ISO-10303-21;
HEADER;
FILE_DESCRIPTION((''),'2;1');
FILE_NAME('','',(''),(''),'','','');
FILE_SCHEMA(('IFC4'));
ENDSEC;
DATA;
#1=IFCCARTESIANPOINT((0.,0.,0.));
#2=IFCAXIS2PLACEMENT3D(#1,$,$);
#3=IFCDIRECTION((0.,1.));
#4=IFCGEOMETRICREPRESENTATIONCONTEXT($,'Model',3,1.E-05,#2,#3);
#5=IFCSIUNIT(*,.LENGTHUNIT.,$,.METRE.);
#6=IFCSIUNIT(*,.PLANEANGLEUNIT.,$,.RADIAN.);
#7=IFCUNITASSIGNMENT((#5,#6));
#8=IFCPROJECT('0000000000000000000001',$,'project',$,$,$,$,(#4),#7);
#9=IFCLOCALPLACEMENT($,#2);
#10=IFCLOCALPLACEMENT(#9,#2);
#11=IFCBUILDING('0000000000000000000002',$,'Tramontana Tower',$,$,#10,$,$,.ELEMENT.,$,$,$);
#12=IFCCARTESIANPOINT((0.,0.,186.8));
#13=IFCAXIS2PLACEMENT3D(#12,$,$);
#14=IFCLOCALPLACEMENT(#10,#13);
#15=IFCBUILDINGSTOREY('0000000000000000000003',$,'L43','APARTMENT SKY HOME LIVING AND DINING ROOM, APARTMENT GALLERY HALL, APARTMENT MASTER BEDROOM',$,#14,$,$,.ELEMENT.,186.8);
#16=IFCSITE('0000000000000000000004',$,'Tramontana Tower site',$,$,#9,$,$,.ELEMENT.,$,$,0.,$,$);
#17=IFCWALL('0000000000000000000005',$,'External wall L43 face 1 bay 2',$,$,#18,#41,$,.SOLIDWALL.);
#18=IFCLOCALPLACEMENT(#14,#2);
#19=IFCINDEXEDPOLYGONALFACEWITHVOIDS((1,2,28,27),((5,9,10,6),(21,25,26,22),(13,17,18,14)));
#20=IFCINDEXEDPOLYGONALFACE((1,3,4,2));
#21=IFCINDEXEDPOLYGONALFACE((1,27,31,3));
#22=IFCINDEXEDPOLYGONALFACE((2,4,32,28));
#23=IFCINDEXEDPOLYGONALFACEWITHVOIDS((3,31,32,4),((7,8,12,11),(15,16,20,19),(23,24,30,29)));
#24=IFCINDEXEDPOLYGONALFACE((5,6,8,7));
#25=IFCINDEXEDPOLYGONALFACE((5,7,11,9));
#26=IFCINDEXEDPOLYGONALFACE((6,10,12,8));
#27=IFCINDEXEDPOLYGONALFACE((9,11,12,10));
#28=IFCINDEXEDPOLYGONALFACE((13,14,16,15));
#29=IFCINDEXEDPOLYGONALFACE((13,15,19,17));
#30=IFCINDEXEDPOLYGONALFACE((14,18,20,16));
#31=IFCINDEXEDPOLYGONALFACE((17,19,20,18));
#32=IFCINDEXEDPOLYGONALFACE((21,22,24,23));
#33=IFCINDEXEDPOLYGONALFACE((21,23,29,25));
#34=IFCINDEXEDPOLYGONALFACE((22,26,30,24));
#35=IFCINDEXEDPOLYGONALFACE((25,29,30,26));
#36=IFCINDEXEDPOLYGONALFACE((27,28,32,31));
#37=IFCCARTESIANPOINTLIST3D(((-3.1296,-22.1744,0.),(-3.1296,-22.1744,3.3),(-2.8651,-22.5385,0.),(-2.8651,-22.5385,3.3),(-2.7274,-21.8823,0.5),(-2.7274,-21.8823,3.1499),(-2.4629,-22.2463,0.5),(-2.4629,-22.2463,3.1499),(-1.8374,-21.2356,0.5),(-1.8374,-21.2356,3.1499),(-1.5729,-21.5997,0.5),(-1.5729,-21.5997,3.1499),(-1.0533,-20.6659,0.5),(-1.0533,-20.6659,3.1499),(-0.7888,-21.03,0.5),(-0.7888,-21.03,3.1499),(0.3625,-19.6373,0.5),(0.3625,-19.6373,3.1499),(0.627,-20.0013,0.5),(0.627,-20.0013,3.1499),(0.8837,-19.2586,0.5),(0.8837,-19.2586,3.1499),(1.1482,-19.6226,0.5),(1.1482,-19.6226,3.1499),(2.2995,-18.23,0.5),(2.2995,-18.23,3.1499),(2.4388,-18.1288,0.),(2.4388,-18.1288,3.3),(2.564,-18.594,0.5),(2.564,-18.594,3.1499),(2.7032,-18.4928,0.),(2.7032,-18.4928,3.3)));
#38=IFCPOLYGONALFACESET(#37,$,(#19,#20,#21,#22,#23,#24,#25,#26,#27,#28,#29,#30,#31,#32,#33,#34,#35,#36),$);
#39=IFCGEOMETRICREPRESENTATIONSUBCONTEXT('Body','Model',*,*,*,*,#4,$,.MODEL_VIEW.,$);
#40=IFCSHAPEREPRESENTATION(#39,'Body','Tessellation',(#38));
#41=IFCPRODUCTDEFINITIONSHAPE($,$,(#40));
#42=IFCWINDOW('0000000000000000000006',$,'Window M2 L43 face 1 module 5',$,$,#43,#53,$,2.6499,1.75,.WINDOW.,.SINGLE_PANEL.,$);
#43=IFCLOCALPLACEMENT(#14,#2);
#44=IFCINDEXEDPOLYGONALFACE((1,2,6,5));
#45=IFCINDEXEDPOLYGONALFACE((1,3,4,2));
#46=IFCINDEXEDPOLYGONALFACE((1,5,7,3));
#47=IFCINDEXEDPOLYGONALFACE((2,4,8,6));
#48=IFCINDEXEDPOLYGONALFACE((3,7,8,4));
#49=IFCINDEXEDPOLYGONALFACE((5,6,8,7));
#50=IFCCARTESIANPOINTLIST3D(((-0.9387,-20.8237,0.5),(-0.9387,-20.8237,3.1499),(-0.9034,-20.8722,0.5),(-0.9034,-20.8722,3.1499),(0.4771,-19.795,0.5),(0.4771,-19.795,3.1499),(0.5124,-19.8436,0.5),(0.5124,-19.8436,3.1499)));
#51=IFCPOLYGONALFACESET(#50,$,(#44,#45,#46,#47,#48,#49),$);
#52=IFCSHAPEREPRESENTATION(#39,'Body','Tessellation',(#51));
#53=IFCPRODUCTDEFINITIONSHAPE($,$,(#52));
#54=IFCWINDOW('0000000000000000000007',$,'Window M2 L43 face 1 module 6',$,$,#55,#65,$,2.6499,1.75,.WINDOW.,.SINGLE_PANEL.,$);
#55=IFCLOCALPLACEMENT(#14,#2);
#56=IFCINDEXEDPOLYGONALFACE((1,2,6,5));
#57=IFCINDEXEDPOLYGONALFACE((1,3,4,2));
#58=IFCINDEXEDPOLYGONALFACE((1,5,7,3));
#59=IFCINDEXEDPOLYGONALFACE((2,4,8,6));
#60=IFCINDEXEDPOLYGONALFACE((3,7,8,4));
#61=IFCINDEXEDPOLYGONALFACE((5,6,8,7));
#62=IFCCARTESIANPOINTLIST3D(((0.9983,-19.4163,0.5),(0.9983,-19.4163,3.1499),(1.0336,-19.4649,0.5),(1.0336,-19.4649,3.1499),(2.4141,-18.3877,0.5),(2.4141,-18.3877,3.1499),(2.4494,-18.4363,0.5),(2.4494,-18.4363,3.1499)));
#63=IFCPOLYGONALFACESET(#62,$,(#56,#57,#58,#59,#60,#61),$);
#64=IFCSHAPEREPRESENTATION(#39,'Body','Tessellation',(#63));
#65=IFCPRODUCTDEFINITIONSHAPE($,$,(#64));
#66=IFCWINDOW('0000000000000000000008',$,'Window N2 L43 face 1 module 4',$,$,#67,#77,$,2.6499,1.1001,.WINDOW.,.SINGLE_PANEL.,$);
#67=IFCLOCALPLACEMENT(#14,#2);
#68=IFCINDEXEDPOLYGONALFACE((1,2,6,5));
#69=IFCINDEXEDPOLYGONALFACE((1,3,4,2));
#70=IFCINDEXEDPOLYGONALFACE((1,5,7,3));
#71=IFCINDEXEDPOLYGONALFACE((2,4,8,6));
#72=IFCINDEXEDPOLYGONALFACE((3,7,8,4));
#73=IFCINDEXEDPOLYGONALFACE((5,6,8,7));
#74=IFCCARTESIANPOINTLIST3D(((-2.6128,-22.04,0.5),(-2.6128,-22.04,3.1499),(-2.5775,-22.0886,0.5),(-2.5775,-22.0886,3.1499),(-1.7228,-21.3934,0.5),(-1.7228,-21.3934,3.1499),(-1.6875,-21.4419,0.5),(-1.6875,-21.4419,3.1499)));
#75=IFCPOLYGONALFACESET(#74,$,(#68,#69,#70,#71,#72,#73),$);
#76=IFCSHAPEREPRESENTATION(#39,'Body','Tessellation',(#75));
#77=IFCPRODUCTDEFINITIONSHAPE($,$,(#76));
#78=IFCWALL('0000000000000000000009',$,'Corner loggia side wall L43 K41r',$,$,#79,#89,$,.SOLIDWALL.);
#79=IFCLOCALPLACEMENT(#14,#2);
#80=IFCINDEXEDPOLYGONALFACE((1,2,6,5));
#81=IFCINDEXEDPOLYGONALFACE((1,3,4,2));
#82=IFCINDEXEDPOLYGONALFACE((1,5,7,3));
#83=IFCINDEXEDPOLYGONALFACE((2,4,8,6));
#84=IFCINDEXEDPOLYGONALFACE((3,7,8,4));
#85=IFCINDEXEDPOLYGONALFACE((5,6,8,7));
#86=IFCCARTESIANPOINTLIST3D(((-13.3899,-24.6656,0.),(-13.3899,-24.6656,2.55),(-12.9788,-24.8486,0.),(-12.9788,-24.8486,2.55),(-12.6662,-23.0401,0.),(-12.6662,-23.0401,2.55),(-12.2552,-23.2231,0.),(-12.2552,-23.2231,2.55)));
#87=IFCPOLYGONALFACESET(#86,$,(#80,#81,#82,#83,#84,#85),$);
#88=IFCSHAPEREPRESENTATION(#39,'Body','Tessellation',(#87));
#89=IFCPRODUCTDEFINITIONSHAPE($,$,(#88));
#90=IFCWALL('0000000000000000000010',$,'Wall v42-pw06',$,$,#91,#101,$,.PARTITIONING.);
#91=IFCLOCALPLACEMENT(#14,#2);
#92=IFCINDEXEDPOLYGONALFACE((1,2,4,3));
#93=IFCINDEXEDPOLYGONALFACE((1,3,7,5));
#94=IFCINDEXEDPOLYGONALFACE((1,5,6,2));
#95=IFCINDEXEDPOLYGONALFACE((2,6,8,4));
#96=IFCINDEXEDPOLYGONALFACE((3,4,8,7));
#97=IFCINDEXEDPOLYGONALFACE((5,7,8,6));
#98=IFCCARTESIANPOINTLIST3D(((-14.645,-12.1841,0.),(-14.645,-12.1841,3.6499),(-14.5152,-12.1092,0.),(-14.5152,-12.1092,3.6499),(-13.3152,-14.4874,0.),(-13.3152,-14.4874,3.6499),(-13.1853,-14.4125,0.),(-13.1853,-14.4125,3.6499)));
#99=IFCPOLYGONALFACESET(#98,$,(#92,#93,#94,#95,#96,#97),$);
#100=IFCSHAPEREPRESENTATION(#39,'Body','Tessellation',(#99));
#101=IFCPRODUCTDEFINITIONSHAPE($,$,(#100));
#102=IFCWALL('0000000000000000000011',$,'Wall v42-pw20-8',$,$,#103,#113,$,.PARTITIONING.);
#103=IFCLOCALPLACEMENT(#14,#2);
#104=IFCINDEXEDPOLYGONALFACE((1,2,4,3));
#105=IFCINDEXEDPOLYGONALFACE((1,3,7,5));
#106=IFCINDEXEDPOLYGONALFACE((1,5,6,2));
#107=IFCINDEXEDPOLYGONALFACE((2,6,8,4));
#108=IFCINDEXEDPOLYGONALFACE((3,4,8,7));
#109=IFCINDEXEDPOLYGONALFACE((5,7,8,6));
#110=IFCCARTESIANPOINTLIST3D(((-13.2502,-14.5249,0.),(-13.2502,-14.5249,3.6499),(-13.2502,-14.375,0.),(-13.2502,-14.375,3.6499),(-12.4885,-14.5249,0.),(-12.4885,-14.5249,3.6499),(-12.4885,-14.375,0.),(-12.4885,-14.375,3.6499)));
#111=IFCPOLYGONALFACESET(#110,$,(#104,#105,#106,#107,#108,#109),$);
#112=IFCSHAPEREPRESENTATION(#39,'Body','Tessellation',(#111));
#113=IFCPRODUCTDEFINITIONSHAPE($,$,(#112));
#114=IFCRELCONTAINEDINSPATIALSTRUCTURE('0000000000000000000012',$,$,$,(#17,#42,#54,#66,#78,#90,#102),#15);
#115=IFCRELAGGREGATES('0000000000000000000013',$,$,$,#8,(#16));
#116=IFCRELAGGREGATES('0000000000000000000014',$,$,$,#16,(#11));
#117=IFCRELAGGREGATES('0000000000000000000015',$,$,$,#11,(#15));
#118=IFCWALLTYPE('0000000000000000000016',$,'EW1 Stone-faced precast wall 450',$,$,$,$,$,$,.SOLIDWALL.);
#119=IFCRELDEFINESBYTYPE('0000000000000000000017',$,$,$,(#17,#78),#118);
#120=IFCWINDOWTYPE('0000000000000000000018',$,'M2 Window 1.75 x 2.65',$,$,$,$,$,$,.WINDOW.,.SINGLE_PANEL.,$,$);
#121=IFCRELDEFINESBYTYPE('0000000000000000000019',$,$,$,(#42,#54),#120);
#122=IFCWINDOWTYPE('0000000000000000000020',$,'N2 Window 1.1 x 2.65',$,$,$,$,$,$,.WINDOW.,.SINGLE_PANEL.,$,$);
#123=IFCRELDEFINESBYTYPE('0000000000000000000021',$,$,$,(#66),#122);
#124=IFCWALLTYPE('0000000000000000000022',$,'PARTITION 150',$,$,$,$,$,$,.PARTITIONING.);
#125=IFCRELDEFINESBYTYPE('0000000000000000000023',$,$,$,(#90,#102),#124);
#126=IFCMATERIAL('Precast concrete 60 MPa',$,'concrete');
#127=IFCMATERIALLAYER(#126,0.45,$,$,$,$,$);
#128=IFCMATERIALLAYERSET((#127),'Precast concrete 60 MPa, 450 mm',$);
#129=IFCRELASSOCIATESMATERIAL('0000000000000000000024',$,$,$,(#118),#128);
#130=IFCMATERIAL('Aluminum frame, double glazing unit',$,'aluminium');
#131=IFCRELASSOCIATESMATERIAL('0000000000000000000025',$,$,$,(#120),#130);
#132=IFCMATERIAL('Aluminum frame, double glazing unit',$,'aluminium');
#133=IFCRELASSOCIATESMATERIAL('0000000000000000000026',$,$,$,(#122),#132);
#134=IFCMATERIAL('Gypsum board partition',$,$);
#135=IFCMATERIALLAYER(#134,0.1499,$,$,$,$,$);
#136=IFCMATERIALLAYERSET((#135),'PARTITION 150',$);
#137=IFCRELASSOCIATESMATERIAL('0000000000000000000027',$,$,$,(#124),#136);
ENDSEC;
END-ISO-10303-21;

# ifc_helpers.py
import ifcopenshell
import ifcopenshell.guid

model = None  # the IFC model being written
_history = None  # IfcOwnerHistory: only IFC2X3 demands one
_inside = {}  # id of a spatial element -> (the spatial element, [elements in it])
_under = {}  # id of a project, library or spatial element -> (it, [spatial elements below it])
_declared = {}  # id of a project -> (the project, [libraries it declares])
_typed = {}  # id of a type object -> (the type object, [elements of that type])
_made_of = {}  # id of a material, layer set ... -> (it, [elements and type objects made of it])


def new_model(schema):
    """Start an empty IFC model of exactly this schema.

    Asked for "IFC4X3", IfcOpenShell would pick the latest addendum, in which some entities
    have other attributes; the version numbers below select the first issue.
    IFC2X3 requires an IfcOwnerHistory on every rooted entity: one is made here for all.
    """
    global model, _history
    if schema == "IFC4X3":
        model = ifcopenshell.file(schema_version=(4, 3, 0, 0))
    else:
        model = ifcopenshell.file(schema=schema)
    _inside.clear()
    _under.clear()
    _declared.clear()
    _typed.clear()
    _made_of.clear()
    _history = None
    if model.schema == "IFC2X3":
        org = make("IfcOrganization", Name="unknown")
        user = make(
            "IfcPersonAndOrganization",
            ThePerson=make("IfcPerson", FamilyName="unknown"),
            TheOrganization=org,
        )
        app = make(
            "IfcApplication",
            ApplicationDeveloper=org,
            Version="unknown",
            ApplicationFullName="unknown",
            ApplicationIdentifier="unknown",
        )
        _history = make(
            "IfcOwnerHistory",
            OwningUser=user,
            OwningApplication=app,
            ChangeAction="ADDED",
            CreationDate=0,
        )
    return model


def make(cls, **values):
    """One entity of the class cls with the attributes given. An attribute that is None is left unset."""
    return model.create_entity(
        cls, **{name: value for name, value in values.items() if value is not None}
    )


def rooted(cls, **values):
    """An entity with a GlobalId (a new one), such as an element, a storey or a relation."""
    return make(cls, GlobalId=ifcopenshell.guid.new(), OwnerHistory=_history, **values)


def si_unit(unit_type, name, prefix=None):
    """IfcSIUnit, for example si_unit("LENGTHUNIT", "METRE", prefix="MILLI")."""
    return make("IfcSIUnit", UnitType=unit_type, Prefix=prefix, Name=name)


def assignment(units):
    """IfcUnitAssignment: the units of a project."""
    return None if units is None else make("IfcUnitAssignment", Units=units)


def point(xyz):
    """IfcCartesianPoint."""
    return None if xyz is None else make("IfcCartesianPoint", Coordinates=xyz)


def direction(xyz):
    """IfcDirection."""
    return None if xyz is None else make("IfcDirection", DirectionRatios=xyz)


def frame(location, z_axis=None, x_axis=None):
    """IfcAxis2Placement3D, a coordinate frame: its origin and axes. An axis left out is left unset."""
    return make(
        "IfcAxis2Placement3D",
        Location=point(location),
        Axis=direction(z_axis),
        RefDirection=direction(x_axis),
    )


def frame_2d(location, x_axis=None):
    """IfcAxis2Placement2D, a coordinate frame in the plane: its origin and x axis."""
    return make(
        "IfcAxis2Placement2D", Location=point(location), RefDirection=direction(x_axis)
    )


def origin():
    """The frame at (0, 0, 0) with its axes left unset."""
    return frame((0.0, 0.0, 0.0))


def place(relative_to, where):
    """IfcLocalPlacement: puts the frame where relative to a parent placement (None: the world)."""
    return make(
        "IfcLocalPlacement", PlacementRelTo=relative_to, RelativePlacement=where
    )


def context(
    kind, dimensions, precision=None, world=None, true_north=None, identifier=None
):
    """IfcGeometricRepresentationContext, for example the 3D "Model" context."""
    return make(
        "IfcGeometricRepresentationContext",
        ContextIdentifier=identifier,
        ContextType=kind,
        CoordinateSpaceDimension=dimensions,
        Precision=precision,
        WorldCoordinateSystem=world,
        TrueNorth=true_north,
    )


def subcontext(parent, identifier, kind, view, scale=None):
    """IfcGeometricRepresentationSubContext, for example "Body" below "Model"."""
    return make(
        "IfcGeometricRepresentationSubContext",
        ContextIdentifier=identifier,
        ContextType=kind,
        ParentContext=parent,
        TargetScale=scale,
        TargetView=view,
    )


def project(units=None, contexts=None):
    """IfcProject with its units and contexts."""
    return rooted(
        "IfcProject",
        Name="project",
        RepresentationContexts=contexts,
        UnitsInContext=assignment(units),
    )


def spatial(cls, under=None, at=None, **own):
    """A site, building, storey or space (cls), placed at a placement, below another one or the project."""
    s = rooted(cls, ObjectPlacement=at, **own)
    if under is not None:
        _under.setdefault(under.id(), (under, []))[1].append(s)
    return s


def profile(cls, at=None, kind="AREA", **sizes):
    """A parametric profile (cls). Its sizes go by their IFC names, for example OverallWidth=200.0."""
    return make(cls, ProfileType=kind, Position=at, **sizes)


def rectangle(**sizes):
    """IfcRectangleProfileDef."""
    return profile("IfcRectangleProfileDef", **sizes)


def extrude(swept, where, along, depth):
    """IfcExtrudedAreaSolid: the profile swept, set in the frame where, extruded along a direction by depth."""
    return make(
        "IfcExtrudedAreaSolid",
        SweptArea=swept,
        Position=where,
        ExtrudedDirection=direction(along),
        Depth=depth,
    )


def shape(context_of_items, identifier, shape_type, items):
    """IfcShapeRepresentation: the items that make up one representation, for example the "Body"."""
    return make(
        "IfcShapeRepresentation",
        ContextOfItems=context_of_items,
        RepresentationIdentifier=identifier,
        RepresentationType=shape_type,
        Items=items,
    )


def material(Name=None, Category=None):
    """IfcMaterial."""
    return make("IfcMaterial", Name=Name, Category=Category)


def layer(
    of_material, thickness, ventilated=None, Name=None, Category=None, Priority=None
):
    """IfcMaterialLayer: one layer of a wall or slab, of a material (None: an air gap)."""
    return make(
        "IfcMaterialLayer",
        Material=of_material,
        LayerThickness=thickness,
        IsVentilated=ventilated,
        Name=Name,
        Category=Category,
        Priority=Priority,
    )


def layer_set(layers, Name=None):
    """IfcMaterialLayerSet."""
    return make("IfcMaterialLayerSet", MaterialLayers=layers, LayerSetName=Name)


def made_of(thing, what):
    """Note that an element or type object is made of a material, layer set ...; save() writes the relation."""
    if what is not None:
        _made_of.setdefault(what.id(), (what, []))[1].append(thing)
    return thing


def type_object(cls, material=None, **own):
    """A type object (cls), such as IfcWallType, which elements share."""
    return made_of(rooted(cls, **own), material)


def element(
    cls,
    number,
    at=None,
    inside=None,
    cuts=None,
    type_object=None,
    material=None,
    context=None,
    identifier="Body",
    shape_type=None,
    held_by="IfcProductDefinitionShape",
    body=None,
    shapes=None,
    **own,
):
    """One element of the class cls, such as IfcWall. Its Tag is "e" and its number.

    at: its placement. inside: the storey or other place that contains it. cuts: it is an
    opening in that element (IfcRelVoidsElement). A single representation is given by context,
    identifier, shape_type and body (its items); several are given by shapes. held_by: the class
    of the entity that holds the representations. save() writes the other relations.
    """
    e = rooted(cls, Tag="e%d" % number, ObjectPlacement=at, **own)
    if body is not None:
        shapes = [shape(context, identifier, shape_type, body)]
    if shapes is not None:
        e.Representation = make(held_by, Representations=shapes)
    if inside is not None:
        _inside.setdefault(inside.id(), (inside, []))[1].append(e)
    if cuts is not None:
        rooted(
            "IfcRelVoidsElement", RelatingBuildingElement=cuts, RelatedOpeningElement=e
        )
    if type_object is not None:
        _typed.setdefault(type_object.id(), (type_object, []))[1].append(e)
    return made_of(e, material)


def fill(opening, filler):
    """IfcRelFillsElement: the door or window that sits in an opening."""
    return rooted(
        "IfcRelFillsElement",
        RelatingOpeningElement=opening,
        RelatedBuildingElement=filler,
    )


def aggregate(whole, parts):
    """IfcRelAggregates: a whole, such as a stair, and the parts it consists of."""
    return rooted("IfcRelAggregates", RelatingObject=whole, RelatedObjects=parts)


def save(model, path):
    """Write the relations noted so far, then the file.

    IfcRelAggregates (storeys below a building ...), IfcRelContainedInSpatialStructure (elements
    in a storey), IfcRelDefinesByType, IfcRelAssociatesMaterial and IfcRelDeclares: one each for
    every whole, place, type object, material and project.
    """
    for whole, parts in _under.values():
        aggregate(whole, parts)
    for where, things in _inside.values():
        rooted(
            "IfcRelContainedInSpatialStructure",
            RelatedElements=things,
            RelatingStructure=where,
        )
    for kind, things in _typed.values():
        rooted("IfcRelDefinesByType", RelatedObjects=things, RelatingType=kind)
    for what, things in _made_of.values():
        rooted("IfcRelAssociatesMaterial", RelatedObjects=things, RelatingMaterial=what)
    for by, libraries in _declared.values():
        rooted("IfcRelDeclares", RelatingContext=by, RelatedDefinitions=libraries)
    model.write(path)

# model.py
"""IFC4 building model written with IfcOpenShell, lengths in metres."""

from ifc_helpers import new_model, si_unit, direction, frame, frame_2d, origin, place, context, subcontext, project, spatial, rectangle, extrude, material, layer, layer_set, type_object, element, fill, save


model = new_model("IFC4")

# Units and contexts
model_context = context("Model", 3, precision=1e-05, world=origin(), true_north=direction((0.0, 1.0)))
body_context = subcontext(model_context, "Body", "Model", "MODEL_VIEW")
ifc_project = project(units=[si_unit("LENGTHUNIT", "METRE"), si_unit("PLANEANGLEUNIT", "RADIAN")], contexts=[model_context])

# Site, building, storey
site_placement = place(None, origin())
site = spatial("IfcSite", under=ifc_project, at=site_placement, Name="Tramontana Tower site", CompositionType="ELEMENT", RefElevation=0.0)
building_placement = place(site_placement, origin())
building = spatial("IfcBuilding", under=site, at=building_placement, Name="Tramontana Tower", CompositionType="ELEMENT")
storey_placement = place(building_placement, frame((0.0, 0.0, 186.8)))
storey = spatial("IfcBuildingStorey", under=building, at=storey_placement, Name="L43", Description="APARTMENT SKY HOME LIVING AND DINING ROOM, APARTMENT GALLERY HALL, APARTMENT MASTER BEDROOM", CompositionType="ELEMENT", Elevation=186.8)

# Wall, openings, windows
ifc_material_1 = material(Name="Precast concrete 60 MPa", Category="concrete")
ifc_layer_1 = layer(ifc_material_1, 0.45)
ifc_layer_set_1 = layer_set([ifc_layer_1], Name="Precast concrete 60 MPa, 450 mm")
wall_type_1 = type_object("IfcWallType", Name="EW1 Stone-faced precast wall 450", PredefinedType="SOLIDWALL", material=ifc_layer_set_1)
ifc_material_2 = material(Name="Aluminum frame, double glazing unit", Category="aluminium")
window_type_1 = type_object("IfcWindowType", Name="M2 Window 1.75 x 2.65", PartitioningType="SINGLE_PANEL", PredefinedType="WINDOW", material=ifc_material_2)
wall_1_placement = place(storey_placement, frame((-2.9973, -22.3564, 0.0), z_axis=(0.0, 0.0, 1.0), x_axis=(0.809017, 0.587786, 0.0)))
wall_1 = element("IfcWall", 1, at=wall_1_placement, inside=storey, type_object=wall_type_1, Name="External wall L43 face 1 bay 2", PredefinedType="SOLIDWALL", context=body_context, shape_type="SweptSolid", body=[
    extrude(rectangle(XDim=6.8828, YDim=0.45, at=frame_2d((3.4414, 0.0))), origin(), (0.0, 0.0, 1.0), 3.3),
])
opening_1_placement = place(wall_1_placement, frame((0.4971, 0.0, 0.5)))
opening_1 = element("IfcOpeningElement", 2, at=opening_1_placement, cuts=wall_1, PredefinedType="OPENING", context=body_context, shape_type="SweptSolid", body=[
    extrude(rectangle(XDim=1.1001, YDim=2.6499, at=frame_2d((0.55, 1.325))), frame((0.0, 0.2349, 0.0), z_axis=(0.0, -1.0, 0.0), x_axis=(1.0, 0.0, 0.0)), (0.0, 0.0, 1.0), 0.47),
])
opening_2_placement = place(wall_1_placement, frame((2.5664, 0.0, 0.5)))
opening_2 = element("IfcOpeningElement", 3, at=opening_2_placement, cuts=wall_1, PredefinedType="OPENING", context=body_context, shape_type="SweptSolid", body=[
    extrude(rectangle(XDim=1.75, YDim=2.6499, at=frame_2d((0.875, 1.325))), frame((0.0, 0.2349, 0.0), z_axis=(0.0, -1.0, 0.0), x_axis=(1.0, 0.0, 0.0)), (0.0, 0.0, 1.0), 0.47),
])
opening_3_placement = place(wall_1_placement, frame((4.9607, 0.0, 0.5)))
opening_3 = element("IfcOpeningElement", 4, at=opening_3_placement, cuts=wall_1, PredefinedType="OPENING", context=body_context, shape_type="SweptSolid", body=[
    extrude(rectangle(XDim=1.75, YDim=2.6499, at=frame_2d((0.875, 1.325))), frame((0.0, 0.2349, 0.0), z_axis=(0.0, -1.0, 0.0), x_axis=(1.0, 0.0, 0.0)), (0.0, 0.0, 1.0), 0.47),
])
window_1_placement = place(opening_2_placement, origin())
window_1 = element("IfcWindow", 5, at=window_1_placement, inside=storey, type_object=window_type_1, Name="Window M2 L43 face 1 module 5", OverallHeight=2.6499, OverallWidth=1.75, PartitioningType="SINGLE_PANEL", PredefinedType="WINDOW", context=body_context, shape_type="SweptSolid", body=[
    extrude(rectangle(XDim=1.75, YDim=2.6499, at=frame_2d((0.875, 1.325))), frame((0.0, 0.03, 0.0), z_axis=(0.0, -1.0, 0.0), x_axis=(1.0, 0.0, 0.0)), (0.0, 0.0, 1.0), 0.0601),
])
fill(opening_2, window_1)
window_2_placement = place(opening_3_placement, origin())
window_2 = element("IfcWindow", 6, at=window_2_placement, inside=storey, type_object=window_type_1, Name="Window M2 L43 face 1 module 6", OverallHeight=2.6499, OverallWidth=1.75, PartitioningType="SINGLE_PANEL", PredefinedType="WINDOW", context=body_context, shape_type="SweptSolid", body=[
    extrude(rectangle(XDim=1.75, YDim=2.6499, at=frame_2d((0.875, 1.325))), frame((0.0, 0.03, 0.0), z_axis=(0.0, -1.0, 0.0), x_axis=(1.0, 0.0, 0.0)), (0.0, 0.0, 1.0), 0.0601),
])
fill(opening_3, window_2)
ifc_material_3 = material(Name="Aluminum frame, double glazing unit", Category="aluminium")
window_type_2 = type_object("IfcWindowType", Name="N2 Window 1.1 x 2.65", PartitioningType="SINGLE_PANEL", PredefinedType="WINDOW", material=ifc_material_3)
window_3_placement = place(opening_1_placement, origin())
window_3 = element("IfcWindow", 7, at=window_3_placement, inside=storey, type_object=window_type_2, Name="Window N2 L43 face 1 module 4", OverallHeight=2.6499, OverallWidth=1.1001, PartitioningType="SINGLE_PANEL", PredefinedType="WINDOW", context=body_context, shape_type="SweptSolid", body=[
    extrude(rectangle(XDim=1.1001, YDim=2.6499, at=frame_2d((0.55, 1.325))), frame((0.0, 0.03, 0.0), z_axis=(0.0, -1.0, 0.0), x_axis=(1.0, 0.0, 0.0)), (0.0, 0.0, 1.0), 0.0601),
])
fill(opening_1, window_3)

# Wall
wall_2_placement = place(storey_placement, frame((-13.1843, -24.7571, 0.0), z_axis=(0.0, 0.0, 1.0), x_axis=(0.406699, 0.913562, 0.0)))
element("IfcWall", 8, at=wall_2_placement, inside=storey, type_object=wall_type_1, Name="Corner loggia side wall L43 K41r", PredefinedType="SOLIDWALL", context=body_context, shape_type="SweptSolid", body=[
    extrude(rectangle(XDim=1.7793, YDim=0.45, at=frame_2d((0.8896, 0.0))), origin(), (0.0, 0.0, 1.0), 2.55),
])

# Walls
ifc_material_4 = material(Name="Gypsum board partition")
ifc_layer_2 = layer(ifc_material_4, 0.1499)
ifc_layer_set_2 = layer_set([ifc_layer_2], Name="PARTITION 150")
wall_type_2 = type_object("IfcWallType", Name="PARTITION 150", PredefinedType="PARTITIONING", material=ifc_layer_set_2)
wall_3_placement = place(storey_placement, frame((-13.2502, -14.45, 0.0), z_axis=(0.0, 0.0, 1.0), x_axis=(-0.500019, 0.866014, 0.0)))
element("IfcWall", 9, at=wall_3_placement, inside=storey, type_object=wall_type_2, Name="Wall v42-pw06", PredefinedType="PARTITIONING", context=body_context, shape_type="SweptSolid", body=[
    extrude(rectangle(XDim=2.6597, YDim=0.1499, at=frame_2d((1.3298, 0.0))), origin(), (0.0, 0.0, 1.0), 3.6499),
])
wall_4_placement = place(storey_placement, frame((-12.4885, -14.45, 0.0), z_axis=(0.0, 0.0, 1.0), x_axis=(-1.0, 0.0, 0.0)))
element("IfcWall", 10, at=wall_4_placement, inside=storey, type_object=wall_type_2, Name="Wall v42-pw20-8", PredefinedType="PARTITIONING", context=body_context, shape_type="SweptSolid", body=[
    extrude(rectangle(XDim=0.7617, YDim=0.1499, at=frame_2d((0.3809, 0.0))), origin(), (0.0, 0.0, 1.0), 3.6499),
])

save(model, "model.ifc")
